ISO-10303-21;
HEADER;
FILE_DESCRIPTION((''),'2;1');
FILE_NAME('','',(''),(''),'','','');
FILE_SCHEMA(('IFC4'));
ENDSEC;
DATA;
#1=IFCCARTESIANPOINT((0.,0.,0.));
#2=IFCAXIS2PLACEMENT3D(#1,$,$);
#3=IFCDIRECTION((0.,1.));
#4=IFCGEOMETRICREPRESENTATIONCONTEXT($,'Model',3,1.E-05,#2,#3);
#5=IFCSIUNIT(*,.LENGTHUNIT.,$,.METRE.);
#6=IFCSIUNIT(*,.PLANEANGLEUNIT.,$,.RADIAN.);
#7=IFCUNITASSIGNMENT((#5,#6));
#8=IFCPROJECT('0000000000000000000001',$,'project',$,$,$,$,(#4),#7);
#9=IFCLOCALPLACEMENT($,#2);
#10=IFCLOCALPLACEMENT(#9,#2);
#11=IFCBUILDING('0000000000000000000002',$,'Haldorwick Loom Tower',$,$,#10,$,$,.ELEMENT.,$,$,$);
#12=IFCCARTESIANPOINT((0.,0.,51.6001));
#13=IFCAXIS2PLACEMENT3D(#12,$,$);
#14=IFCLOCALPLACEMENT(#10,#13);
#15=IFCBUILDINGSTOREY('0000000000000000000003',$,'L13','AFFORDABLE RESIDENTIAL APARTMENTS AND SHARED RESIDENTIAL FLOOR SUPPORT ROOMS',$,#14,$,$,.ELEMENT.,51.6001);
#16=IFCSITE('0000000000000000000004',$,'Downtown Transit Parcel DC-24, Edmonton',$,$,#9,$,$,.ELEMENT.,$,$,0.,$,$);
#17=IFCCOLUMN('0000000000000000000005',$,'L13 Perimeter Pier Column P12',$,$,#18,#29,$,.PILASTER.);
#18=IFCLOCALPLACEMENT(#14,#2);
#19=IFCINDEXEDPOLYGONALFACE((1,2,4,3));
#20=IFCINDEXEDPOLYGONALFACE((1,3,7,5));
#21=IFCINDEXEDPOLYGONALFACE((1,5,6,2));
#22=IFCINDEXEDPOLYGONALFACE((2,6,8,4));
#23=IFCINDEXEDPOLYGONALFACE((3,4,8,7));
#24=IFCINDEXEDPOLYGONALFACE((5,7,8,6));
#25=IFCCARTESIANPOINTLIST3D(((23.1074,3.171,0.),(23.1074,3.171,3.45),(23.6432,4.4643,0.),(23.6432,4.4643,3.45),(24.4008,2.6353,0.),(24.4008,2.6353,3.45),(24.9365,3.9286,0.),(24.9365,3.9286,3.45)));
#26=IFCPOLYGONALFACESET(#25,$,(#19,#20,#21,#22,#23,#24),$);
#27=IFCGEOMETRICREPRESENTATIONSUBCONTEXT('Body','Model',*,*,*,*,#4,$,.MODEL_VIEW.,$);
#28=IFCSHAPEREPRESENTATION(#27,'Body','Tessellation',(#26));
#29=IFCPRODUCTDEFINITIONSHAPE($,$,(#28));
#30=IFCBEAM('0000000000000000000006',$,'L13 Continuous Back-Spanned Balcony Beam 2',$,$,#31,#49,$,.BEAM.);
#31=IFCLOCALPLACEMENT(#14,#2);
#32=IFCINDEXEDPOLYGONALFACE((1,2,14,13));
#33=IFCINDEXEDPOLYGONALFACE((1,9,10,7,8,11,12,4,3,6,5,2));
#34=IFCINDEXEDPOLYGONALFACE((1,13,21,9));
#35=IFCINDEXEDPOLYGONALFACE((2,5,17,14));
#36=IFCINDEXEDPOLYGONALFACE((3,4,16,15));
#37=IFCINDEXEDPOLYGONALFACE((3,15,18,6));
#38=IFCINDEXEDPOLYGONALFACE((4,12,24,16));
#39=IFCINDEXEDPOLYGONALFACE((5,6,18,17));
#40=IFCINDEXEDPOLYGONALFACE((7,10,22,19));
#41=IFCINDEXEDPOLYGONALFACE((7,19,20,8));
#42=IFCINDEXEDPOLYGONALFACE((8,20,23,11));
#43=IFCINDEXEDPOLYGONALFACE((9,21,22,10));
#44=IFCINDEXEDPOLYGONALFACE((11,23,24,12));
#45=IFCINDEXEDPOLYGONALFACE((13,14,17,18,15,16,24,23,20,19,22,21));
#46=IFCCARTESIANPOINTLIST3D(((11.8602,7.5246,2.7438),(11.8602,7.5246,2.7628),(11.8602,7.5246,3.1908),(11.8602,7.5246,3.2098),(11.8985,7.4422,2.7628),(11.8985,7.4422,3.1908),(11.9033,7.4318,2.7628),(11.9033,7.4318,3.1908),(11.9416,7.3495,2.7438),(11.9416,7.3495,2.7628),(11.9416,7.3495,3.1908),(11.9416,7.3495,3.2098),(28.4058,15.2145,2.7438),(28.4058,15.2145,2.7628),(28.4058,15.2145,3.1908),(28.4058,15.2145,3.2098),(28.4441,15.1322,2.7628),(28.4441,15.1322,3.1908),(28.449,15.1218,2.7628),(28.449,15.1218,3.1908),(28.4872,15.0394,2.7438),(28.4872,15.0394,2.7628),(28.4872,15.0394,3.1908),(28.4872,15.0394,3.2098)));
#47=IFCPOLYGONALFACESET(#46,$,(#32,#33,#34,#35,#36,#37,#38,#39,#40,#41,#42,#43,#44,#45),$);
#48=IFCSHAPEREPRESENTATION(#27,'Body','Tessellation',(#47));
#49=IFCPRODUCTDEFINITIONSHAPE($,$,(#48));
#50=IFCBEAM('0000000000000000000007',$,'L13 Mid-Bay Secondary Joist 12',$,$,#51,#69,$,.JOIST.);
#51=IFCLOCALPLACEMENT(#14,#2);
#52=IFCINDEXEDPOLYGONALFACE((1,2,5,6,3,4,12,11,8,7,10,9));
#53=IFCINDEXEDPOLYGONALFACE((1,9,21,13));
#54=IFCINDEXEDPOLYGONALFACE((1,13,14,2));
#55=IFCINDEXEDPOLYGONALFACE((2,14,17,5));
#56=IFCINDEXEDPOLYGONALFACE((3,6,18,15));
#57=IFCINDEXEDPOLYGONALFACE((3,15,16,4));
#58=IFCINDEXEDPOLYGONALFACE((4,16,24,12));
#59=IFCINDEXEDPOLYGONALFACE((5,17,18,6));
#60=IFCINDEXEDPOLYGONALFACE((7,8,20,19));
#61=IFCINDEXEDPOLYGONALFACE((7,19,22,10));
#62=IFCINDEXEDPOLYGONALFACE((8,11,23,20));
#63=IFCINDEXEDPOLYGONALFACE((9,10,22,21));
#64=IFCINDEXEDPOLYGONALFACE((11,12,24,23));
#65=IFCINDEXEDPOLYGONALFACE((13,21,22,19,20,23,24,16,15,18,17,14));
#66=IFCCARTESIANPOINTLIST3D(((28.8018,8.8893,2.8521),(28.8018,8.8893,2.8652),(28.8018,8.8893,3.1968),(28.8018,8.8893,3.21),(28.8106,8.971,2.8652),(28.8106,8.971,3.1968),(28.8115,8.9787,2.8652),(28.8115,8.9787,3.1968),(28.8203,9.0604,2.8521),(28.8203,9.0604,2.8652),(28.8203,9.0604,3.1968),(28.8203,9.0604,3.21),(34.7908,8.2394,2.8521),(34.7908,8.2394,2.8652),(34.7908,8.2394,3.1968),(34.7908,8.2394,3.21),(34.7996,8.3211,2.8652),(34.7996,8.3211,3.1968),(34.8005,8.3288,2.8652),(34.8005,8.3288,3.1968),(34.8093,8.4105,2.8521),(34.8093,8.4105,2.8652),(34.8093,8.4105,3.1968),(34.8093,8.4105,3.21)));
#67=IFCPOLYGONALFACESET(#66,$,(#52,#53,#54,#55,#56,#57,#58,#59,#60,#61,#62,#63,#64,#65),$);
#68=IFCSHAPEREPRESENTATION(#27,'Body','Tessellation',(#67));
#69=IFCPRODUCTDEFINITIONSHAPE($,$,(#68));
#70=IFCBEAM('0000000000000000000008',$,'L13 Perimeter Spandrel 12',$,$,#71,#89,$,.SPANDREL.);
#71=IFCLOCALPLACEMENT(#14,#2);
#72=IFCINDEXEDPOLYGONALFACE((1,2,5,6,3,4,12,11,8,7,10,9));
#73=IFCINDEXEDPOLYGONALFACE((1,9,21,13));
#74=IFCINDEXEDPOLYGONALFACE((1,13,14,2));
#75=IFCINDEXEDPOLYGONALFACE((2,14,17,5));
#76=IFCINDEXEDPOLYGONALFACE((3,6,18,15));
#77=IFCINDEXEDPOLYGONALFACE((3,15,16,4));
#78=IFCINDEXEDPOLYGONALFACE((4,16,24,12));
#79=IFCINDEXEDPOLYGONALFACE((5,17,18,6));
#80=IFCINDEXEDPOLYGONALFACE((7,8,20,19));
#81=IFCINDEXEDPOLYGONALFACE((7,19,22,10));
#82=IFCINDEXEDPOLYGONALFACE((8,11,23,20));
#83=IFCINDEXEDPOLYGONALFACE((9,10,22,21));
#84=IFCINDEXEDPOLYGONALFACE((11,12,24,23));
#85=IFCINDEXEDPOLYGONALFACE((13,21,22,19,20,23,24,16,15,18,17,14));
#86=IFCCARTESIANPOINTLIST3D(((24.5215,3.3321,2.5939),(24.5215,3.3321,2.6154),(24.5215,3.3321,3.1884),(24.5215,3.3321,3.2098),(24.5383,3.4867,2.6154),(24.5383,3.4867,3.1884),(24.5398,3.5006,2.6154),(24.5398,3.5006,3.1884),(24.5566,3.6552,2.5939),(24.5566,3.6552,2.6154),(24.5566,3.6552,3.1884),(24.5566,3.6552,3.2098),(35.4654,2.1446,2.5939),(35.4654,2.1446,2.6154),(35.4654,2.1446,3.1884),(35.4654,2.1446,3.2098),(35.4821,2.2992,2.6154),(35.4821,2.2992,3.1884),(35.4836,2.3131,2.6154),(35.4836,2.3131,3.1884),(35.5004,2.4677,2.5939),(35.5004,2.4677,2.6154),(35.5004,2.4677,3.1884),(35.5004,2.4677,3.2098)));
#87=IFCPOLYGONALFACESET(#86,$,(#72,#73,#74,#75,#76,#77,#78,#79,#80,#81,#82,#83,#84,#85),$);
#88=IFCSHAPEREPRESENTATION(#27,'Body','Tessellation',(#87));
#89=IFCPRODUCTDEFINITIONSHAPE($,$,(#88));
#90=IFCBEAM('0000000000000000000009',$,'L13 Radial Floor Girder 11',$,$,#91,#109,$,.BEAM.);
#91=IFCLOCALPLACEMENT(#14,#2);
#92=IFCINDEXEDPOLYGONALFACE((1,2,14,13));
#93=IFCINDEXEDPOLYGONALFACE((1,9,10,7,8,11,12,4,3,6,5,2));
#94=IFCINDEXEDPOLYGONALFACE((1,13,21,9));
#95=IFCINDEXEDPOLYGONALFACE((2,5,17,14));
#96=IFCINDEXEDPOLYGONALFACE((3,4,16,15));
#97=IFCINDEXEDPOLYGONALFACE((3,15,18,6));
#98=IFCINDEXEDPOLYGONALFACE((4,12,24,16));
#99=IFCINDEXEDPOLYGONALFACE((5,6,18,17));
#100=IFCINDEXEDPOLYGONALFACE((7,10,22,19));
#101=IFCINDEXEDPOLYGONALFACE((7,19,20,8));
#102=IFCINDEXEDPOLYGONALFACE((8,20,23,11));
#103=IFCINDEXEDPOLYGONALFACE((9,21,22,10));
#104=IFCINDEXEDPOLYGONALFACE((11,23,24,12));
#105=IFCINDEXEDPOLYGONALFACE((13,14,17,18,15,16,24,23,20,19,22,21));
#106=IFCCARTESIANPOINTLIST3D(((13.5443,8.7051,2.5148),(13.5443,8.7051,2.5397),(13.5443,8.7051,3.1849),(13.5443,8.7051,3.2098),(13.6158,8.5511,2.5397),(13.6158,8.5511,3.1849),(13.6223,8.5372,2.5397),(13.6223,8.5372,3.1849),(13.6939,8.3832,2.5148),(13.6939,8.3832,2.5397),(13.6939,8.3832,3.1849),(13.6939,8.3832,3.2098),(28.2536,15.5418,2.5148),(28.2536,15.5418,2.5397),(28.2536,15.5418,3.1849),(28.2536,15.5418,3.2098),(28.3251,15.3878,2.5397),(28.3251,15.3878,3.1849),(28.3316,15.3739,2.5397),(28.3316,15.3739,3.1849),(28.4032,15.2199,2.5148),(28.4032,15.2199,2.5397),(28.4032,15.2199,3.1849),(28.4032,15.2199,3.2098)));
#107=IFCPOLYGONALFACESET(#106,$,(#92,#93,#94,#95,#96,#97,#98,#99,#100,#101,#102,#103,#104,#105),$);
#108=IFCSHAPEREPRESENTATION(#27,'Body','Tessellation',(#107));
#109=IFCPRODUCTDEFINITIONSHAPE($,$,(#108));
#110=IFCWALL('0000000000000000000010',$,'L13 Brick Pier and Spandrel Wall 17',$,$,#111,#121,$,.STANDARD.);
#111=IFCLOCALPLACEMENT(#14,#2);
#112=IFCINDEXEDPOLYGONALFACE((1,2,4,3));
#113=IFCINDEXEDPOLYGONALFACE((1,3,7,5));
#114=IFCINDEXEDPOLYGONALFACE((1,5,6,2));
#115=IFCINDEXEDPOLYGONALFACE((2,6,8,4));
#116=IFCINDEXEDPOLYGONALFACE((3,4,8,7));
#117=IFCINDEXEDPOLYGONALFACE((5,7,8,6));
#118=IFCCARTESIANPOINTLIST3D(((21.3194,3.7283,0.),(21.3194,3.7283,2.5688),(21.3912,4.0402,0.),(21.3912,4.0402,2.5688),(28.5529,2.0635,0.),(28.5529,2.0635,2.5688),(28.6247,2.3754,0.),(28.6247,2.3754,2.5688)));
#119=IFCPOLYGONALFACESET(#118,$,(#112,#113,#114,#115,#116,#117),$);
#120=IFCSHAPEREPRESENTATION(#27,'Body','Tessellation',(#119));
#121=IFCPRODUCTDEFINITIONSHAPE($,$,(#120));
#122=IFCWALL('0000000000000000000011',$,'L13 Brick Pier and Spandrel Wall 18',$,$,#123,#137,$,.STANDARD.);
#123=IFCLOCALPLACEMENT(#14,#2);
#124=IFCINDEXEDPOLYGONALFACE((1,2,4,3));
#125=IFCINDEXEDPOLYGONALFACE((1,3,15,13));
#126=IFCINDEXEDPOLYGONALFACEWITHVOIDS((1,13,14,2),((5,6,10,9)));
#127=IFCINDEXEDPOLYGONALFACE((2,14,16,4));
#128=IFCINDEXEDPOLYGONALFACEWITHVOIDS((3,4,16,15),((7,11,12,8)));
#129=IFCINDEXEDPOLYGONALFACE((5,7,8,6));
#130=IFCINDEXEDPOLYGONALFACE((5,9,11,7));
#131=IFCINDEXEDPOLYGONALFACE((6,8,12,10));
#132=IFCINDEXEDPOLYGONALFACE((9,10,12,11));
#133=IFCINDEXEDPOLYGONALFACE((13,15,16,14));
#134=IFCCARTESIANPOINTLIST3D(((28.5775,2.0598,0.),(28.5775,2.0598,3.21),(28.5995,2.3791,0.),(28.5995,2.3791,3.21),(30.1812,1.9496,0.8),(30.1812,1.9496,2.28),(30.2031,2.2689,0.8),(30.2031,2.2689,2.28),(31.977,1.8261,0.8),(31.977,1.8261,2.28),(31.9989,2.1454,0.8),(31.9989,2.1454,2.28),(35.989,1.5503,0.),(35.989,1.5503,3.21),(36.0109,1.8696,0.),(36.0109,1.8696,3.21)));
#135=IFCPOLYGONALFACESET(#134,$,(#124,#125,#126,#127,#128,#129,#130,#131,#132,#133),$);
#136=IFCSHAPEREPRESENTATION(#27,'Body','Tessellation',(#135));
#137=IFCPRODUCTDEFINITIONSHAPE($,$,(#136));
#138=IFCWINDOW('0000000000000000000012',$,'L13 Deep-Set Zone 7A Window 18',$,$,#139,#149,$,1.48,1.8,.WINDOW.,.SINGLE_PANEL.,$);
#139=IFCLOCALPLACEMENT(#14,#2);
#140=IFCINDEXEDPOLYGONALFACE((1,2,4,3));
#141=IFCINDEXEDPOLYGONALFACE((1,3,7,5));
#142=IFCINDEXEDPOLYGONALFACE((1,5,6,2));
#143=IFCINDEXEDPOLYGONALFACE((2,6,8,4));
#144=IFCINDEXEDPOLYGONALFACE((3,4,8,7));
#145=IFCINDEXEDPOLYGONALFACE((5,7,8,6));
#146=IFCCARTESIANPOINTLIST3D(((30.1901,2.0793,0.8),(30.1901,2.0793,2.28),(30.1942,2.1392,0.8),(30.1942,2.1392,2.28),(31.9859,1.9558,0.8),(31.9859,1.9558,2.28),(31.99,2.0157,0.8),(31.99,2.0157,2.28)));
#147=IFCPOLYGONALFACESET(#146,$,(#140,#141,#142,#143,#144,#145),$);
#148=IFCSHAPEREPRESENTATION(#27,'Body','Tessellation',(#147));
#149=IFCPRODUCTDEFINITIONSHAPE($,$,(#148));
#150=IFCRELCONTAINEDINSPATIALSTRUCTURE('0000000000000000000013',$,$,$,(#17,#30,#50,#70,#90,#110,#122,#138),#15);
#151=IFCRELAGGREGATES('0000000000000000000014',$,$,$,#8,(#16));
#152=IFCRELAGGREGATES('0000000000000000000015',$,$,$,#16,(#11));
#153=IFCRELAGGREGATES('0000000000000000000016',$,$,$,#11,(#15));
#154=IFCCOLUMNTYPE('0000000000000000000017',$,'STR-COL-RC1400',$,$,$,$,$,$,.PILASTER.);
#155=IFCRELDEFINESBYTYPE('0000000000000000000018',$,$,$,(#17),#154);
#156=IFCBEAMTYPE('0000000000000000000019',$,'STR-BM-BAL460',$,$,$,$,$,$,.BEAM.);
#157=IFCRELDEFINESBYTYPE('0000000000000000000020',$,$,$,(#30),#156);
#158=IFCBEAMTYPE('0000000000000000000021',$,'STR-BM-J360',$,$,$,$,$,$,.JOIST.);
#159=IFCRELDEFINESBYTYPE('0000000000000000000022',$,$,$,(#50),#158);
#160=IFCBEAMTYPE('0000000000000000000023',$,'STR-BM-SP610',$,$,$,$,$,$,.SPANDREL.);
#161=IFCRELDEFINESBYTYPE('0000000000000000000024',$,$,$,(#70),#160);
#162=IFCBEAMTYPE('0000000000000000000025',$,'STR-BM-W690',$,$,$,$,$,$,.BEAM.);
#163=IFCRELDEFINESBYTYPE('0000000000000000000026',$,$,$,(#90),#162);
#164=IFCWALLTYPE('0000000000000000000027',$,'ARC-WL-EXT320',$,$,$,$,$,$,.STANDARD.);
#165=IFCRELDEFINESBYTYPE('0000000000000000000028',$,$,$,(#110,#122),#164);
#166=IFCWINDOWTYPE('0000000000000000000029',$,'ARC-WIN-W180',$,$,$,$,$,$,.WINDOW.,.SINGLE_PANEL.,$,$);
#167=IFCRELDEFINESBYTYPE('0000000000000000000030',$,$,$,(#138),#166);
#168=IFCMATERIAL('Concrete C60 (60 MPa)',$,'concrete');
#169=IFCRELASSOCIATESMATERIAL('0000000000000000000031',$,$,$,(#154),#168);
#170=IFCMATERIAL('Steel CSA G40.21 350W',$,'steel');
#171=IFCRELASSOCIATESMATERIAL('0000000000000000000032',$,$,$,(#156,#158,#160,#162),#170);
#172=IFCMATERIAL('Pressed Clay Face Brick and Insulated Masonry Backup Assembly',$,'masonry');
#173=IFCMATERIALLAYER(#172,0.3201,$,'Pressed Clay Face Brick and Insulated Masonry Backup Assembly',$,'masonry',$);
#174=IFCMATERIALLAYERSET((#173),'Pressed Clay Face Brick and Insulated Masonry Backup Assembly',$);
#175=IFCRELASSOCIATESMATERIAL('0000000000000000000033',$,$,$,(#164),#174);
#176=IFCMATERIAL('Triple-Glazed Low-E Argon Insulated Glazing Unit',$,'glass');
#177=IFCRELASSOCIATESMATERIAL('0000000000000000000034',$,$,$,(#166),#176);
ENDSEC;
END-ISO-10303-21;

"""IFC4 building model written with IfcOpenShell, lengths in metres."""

from ifc_helpers import new_model, si_unit, direction, frame, frame_2d, origin, origin_2d, place, context, subcontext, project, spatial, rectangle, i_section, extrude, material, layer, layer_set, material_profile, profile_set, type_object, element, fill, save


model = new_model("IFC4")

# Units and contexts
model_context = context("Model", 3, precision=1e-05, world=origin(), true_north=direction((0.0, 1.0)))
body_context = subcontext(model_context, "Body", "Model", "MODEL_VIEW")
ifc_project = project(units=[si_unit("LENGTHUNIT", "METRE"), si_unit("PLANEANGLEUNIT", "RADIAN")], contexts=[model_context])

# Site, building, storey
site_placement = place(None, origin())
site = spatial("IfcSite", under=ifc_project, at=site_placement, Name="Downtown Transit Parcel DC-24, Edmonton", CompositionType="ELEMENT", RefElevation=0.0)
building_placement = place(site_placement, origin())
building = spatial("IfcBuilding", under=site, at=building_placement, Name="Haldorwick Loom Tower", CompositionType="ELEMENT")
storey_placement = place(building_placement, frame((0.0, 0.0, 51.6001)))
storey = spatial("IfcBuildingStorey", under=building, at=storey_placement, Name="L13", Description="AFFORDABLE RESIDENTIAL APARTMENTS AND SHARED RESIDENTIAL FLOOR SUPPORT ROOMS", CompositionType="ELEMENT", Elevation=51.6001)

# Column
ifc_material_1 = material(Name="Concrete C60 (60 MPa)", Category="concrete")
ifc_material_profile_1 = material_profile(ifc_material_1, rectangle(XDim=1.3999, YDim=1.3999, at=origin_2d()), Name="RC1400X1400", Category="concrete")
ifc_profile_set_1 = profile_set([ifc_material_profile_1], Name="Concrete C60 (60 MPa)")
column_type = type_object("IfcColumnType", Name="STR-COL-RC1400", PredefinedType="PILASTER", material=ifc_profile_set_1)
column_placement = place(storey_placement, frame((24.022, 3.5498, 0.0), z_axis=(0.0, 0.0, 1.0), x_axis=(-0.382683, -0.92388, 0.0)))
element("IfcColumn", 1, at=column_placement, inside=storey, type_object=column_type, Name="L13 Perimeter Pier Column P12", PredefinedType="PILASTER", context=body_context, shape_type="SweptSolid", body=[
    extrude(rectangle(XDim=1.3999, YDim=1.3999, at=origin_2d()), origin(), (0.0, 0.0, 1.0), 3.45),
])

# Beams
ifc_material_2 = material(Name="Steel CSA G40.21 350W", Category="steel")
ifc_material_profile_2 = material_profile(ifc_material_2, i_section(OverallWidth=0.1931, OverallDepth=0.4661, WebThickness=0.0115, FlangeThickness=0.019, at=origin_2d()), Name="W460X97", Category="steel")
ifc_profile_set_2 = profile_set([ifc_material_profile_2], Name="Steel CSA G40.21 350W")
beam_type_1 = type_object("IfcBeamType", Name="STR-BM-BAL460", PredefinedType="BEAM", material=ifc_profile_set_2)
beam_1_placement = place(storey_placement, frame((28.4465, 15.127, 2.9768), z_axis=(-0.906841, -0.421473, 0.0), x_axis=(0.421473, -0.906841, 0.0)))
element("IfcBeam", 2, at=beam_1_placement, inside=storey, type_object=beam_type_1, Name="L13 Continuous Back-Spanned Balcony Beam 2", PredefinedType="BEAM", context=body_context, shape_type="SweptSolid", body=[
    extrude(i_section(OverallWidth=0.1931, OverallDepth=0.4661, WebThickness=0.0115, FlangeThickness=0.019, at=origin_2d()), origin(), (0.0, 0.0, 1.0), 18.2454),
])
ifc_material_profile_3 = material_profile(ifc_material_2, i_section(OverallWidth=0.1721, OverallDepth=0.3579, WebThickness=0.0078, FlangeThickness=0.0132, at=origin_2d()), Name="W360X57", Category="steel")
ifc_profile_set_3 = profile_set([ifc_material_profile_3], Name="Steel CSA G40.21 350W")
beam_type_2 = type_object("IfcBeamType", Name="STR-BM-J360", PredefinedType="JOIST", material=ifc_profile_set_3)
beam_2_placement = place(storey_placement, frame((28.811, 8.9749, 3.031), z_axis=(0.994164, -0.107882, 0.0), x_axis=(0.107882, 0.994164, 0.0)))
element("IfcBeam", 3, at=beam_2_placement, inside=storey, type_object=beam_type_2, Name="L13 Mid-Bay Secondary Joist 12", PredefinedType="JOIST", context=body_context, shape_type="SweptSolid", body=[
    extrude(i_section(OverallWidth=0.1721, OverallDepth=0.3579, WebThickness=0.0078, FlangeThickness=0.0132, at=origin_2d()), origin(), (0.0, 0.0, 1.0), 6.0242),
])
ifc_material_profile_4 = material_profile(ifc_material_2, i_section(OverallWidth=0.325, OverallDepth=0.616, WebThickness=0.0139, FlangeThickness=0.0215, at=origin_2d()), Name="W610X174", Category="steel")
ifc_profile_set_4 = profile_set([ifc_material_profile_4], Name="Steel CSA G40.21 350W")
beam_type_3 = type_object("IfcBeamType", Name="STR-BM-SP610", PredefinedType="SPANDREL", material=ifc_profile_set_4)
beam_3_placement = place(storey_placement, frame((24.5391, 3.4937, 2.9019), z_axis=(0.994164, -0.107875, 0.0), x_axis=(0.107875, 0.994164, 0.0)))
element("IfcBeam", 4, at=beam_3_placement, inside=storey, type_object=beam_type_3, Name="L13 Perimeter Spandrel 12", PredefinedType="SPANDREL", context=body_context, shape_type="SweptSolid", body=[
    extrude(i_section(OverallWidth=0.325, OverallDepth=0.616, WebThickness=0.0139, FlangeThickness=0.0215, at=origin_2d()), origin(), (0.0, 0.0, 1.0), 11.0081),
])
ifc_material_profile_5 = material_profile(ifc_material_2, i_section(OverallWidth=0.355, OverallDepth=0.6951, WebThickness=0.0154, FlangeThickness=0.0249, at=origin_2d()), Name="W690X217", Category="steel")
ifc_profile_set_5 = profile_set([ifc_material_profile_5], Name="Steel CSA G40.21 350W")
beam_type_4 = type_object("IfcBeamType", Name="STR-BM-W690", PredefinedType="BEAM", material=ifc_profile_set_5)
beam_4_placement = place(storey_placement, frame((28.3284, 15.3809, 2.8623), z_axis=(-0.906835, -0.421486, 0.0), x_axis=(0.421486, -0.906835, 0.0)))
element("IfcBeam", 5, at=beam_4_placement, inside=storey, type_object=beam_type_4, Name="L13 Radial Floor Girder 11", PredefinedType="BEAM", context=body_context, shape_type="SweptSolid", body=[
    extrude(i_section(OverallWidth=0.355, OverallDepth=0.6951, WebThickness=0.0154, FlangeThickness=0.0249, at=origin_2d()), origin(), (0.0, 0.0, 1.0), 16.2205),
])

# Wall
ifc_material_3 = material(Name="Pressed Clay Face Brick and Insulated Masonry Backup Assembly", Category="masonry")
ifc_layer_1 = layer(ifc_material_3, 0.3201, Name="Pressed Clay Face Brick and Insulated Masonry Backup Assembly", Category="masonry")
ifc_layer_set_1 = layer_set([ifc_layer_1], Name="Pressed Clay Face Brick and Insulated Masonry Backup Assembly")
wall_type_1 = type_object("IfcWallType", Name="ARC-WL-EXT320", PredefinedType="STANDARD", material=ifc_layer_set_1)
wall_1_placement = place(storey_placement, frame((21.3552, 3.8843, 0.0), z_axis=(0.0, 0.0, 1.0), x_axis=(0.974522, -0.22429, 0.0)))
element("IfcWall", 6, at=wall_1_placement, inside=storey, type_object=wall_type_1, Name="L13 Brick Pier and Spandrel Wall 17", PredefinedType="STANDARD", context=body_context, shape_type="SweptSolid", body=[
    extrude(rectangle(XDim=7.4226, YDim=0.3201, at=frame_2d((3.7114, 0.0))), origin(), (0.0, 0.0, 1.0), 2.5688),
])

# Wall, opening, window
wall_2_placement = place(storey_placement, frame((28.5886, 2.2195, 0.0), z_axis=(0.0, 0.0, 1.0), x_axis=(0.997645, -0.068587, 0.0)))
wall_2 = element("IfcWall", 7, at=wall_2_placement, inside=storey, type_object=wall_type_1, Name="L13 Brick Pier and Spandrel Wall 18", PredefinedType="STANDARD", context=body_context, shape_type="SweptSolid", body=[
    extrude(rectangle(XDim=7.429, YDim=0.3201, at=frame_2d((3.7144, 0.0))), origin(), (0.0, 0.0, 1.0), 3.21),
])
opening_1_placement = place(wall_2_placement, frame((1.6074, 0.0, 0.8)))
opening_1 = element("IfcOpeningElement", 8, at=opening_1_placement, cuts=wall_2, PredefinedType="OPENING", context=body_context, shape_type="SweptSolid", body=[
    extrude(rectangle(XDim=1.8, YDim=1.48, at=frame_2d((0.8999, 0.74))), frame((0.0, 0.1699, 0.0), z_axis=(0.0, -1.0, 0.0), x_axis=(1.0, 0.0, 0.0)), (0.0, 0.0, 1.0), 0.3401),
])
ifc_material_4 = material(Name="Triple-Glazed Low-E Argon Insulated Glazing Unit", Category="glass")
window_type = type_object("IfcWindowType", Name="ARC-WIN-W180", PartitioningType="SINGLE_PANEL", PredefinedType="WINDOW", material=ifc_material_4)
window_placement = place(opening_1_placement, origin())
window = element("IfcWindow", 9, at=window_placement, inside=storey, type_object=window_type, Name="L13 Deep-Set Zone 7A Window 18", OverallHeight=1.48, OverallWidth=1.8, PartitioningType="SINGLE_PANEL", PredefinedType="WINDOW", context=body_context, shape_type="SweptSolid", body=[
    extrude(rectangle(XDim=1.8, YDim=1.48, at=frame_2d((0.8999, 0.74))), frame((0.0, 0.03, 0.0), z_axis=(0.0, -1.0, 0.0), x_axis=(1.0, 0.0, 0.0)), (0.0, 0.0, 1.0), 0.0601),
])
fill(opening_1, window)

save(model, "model.ifc")
